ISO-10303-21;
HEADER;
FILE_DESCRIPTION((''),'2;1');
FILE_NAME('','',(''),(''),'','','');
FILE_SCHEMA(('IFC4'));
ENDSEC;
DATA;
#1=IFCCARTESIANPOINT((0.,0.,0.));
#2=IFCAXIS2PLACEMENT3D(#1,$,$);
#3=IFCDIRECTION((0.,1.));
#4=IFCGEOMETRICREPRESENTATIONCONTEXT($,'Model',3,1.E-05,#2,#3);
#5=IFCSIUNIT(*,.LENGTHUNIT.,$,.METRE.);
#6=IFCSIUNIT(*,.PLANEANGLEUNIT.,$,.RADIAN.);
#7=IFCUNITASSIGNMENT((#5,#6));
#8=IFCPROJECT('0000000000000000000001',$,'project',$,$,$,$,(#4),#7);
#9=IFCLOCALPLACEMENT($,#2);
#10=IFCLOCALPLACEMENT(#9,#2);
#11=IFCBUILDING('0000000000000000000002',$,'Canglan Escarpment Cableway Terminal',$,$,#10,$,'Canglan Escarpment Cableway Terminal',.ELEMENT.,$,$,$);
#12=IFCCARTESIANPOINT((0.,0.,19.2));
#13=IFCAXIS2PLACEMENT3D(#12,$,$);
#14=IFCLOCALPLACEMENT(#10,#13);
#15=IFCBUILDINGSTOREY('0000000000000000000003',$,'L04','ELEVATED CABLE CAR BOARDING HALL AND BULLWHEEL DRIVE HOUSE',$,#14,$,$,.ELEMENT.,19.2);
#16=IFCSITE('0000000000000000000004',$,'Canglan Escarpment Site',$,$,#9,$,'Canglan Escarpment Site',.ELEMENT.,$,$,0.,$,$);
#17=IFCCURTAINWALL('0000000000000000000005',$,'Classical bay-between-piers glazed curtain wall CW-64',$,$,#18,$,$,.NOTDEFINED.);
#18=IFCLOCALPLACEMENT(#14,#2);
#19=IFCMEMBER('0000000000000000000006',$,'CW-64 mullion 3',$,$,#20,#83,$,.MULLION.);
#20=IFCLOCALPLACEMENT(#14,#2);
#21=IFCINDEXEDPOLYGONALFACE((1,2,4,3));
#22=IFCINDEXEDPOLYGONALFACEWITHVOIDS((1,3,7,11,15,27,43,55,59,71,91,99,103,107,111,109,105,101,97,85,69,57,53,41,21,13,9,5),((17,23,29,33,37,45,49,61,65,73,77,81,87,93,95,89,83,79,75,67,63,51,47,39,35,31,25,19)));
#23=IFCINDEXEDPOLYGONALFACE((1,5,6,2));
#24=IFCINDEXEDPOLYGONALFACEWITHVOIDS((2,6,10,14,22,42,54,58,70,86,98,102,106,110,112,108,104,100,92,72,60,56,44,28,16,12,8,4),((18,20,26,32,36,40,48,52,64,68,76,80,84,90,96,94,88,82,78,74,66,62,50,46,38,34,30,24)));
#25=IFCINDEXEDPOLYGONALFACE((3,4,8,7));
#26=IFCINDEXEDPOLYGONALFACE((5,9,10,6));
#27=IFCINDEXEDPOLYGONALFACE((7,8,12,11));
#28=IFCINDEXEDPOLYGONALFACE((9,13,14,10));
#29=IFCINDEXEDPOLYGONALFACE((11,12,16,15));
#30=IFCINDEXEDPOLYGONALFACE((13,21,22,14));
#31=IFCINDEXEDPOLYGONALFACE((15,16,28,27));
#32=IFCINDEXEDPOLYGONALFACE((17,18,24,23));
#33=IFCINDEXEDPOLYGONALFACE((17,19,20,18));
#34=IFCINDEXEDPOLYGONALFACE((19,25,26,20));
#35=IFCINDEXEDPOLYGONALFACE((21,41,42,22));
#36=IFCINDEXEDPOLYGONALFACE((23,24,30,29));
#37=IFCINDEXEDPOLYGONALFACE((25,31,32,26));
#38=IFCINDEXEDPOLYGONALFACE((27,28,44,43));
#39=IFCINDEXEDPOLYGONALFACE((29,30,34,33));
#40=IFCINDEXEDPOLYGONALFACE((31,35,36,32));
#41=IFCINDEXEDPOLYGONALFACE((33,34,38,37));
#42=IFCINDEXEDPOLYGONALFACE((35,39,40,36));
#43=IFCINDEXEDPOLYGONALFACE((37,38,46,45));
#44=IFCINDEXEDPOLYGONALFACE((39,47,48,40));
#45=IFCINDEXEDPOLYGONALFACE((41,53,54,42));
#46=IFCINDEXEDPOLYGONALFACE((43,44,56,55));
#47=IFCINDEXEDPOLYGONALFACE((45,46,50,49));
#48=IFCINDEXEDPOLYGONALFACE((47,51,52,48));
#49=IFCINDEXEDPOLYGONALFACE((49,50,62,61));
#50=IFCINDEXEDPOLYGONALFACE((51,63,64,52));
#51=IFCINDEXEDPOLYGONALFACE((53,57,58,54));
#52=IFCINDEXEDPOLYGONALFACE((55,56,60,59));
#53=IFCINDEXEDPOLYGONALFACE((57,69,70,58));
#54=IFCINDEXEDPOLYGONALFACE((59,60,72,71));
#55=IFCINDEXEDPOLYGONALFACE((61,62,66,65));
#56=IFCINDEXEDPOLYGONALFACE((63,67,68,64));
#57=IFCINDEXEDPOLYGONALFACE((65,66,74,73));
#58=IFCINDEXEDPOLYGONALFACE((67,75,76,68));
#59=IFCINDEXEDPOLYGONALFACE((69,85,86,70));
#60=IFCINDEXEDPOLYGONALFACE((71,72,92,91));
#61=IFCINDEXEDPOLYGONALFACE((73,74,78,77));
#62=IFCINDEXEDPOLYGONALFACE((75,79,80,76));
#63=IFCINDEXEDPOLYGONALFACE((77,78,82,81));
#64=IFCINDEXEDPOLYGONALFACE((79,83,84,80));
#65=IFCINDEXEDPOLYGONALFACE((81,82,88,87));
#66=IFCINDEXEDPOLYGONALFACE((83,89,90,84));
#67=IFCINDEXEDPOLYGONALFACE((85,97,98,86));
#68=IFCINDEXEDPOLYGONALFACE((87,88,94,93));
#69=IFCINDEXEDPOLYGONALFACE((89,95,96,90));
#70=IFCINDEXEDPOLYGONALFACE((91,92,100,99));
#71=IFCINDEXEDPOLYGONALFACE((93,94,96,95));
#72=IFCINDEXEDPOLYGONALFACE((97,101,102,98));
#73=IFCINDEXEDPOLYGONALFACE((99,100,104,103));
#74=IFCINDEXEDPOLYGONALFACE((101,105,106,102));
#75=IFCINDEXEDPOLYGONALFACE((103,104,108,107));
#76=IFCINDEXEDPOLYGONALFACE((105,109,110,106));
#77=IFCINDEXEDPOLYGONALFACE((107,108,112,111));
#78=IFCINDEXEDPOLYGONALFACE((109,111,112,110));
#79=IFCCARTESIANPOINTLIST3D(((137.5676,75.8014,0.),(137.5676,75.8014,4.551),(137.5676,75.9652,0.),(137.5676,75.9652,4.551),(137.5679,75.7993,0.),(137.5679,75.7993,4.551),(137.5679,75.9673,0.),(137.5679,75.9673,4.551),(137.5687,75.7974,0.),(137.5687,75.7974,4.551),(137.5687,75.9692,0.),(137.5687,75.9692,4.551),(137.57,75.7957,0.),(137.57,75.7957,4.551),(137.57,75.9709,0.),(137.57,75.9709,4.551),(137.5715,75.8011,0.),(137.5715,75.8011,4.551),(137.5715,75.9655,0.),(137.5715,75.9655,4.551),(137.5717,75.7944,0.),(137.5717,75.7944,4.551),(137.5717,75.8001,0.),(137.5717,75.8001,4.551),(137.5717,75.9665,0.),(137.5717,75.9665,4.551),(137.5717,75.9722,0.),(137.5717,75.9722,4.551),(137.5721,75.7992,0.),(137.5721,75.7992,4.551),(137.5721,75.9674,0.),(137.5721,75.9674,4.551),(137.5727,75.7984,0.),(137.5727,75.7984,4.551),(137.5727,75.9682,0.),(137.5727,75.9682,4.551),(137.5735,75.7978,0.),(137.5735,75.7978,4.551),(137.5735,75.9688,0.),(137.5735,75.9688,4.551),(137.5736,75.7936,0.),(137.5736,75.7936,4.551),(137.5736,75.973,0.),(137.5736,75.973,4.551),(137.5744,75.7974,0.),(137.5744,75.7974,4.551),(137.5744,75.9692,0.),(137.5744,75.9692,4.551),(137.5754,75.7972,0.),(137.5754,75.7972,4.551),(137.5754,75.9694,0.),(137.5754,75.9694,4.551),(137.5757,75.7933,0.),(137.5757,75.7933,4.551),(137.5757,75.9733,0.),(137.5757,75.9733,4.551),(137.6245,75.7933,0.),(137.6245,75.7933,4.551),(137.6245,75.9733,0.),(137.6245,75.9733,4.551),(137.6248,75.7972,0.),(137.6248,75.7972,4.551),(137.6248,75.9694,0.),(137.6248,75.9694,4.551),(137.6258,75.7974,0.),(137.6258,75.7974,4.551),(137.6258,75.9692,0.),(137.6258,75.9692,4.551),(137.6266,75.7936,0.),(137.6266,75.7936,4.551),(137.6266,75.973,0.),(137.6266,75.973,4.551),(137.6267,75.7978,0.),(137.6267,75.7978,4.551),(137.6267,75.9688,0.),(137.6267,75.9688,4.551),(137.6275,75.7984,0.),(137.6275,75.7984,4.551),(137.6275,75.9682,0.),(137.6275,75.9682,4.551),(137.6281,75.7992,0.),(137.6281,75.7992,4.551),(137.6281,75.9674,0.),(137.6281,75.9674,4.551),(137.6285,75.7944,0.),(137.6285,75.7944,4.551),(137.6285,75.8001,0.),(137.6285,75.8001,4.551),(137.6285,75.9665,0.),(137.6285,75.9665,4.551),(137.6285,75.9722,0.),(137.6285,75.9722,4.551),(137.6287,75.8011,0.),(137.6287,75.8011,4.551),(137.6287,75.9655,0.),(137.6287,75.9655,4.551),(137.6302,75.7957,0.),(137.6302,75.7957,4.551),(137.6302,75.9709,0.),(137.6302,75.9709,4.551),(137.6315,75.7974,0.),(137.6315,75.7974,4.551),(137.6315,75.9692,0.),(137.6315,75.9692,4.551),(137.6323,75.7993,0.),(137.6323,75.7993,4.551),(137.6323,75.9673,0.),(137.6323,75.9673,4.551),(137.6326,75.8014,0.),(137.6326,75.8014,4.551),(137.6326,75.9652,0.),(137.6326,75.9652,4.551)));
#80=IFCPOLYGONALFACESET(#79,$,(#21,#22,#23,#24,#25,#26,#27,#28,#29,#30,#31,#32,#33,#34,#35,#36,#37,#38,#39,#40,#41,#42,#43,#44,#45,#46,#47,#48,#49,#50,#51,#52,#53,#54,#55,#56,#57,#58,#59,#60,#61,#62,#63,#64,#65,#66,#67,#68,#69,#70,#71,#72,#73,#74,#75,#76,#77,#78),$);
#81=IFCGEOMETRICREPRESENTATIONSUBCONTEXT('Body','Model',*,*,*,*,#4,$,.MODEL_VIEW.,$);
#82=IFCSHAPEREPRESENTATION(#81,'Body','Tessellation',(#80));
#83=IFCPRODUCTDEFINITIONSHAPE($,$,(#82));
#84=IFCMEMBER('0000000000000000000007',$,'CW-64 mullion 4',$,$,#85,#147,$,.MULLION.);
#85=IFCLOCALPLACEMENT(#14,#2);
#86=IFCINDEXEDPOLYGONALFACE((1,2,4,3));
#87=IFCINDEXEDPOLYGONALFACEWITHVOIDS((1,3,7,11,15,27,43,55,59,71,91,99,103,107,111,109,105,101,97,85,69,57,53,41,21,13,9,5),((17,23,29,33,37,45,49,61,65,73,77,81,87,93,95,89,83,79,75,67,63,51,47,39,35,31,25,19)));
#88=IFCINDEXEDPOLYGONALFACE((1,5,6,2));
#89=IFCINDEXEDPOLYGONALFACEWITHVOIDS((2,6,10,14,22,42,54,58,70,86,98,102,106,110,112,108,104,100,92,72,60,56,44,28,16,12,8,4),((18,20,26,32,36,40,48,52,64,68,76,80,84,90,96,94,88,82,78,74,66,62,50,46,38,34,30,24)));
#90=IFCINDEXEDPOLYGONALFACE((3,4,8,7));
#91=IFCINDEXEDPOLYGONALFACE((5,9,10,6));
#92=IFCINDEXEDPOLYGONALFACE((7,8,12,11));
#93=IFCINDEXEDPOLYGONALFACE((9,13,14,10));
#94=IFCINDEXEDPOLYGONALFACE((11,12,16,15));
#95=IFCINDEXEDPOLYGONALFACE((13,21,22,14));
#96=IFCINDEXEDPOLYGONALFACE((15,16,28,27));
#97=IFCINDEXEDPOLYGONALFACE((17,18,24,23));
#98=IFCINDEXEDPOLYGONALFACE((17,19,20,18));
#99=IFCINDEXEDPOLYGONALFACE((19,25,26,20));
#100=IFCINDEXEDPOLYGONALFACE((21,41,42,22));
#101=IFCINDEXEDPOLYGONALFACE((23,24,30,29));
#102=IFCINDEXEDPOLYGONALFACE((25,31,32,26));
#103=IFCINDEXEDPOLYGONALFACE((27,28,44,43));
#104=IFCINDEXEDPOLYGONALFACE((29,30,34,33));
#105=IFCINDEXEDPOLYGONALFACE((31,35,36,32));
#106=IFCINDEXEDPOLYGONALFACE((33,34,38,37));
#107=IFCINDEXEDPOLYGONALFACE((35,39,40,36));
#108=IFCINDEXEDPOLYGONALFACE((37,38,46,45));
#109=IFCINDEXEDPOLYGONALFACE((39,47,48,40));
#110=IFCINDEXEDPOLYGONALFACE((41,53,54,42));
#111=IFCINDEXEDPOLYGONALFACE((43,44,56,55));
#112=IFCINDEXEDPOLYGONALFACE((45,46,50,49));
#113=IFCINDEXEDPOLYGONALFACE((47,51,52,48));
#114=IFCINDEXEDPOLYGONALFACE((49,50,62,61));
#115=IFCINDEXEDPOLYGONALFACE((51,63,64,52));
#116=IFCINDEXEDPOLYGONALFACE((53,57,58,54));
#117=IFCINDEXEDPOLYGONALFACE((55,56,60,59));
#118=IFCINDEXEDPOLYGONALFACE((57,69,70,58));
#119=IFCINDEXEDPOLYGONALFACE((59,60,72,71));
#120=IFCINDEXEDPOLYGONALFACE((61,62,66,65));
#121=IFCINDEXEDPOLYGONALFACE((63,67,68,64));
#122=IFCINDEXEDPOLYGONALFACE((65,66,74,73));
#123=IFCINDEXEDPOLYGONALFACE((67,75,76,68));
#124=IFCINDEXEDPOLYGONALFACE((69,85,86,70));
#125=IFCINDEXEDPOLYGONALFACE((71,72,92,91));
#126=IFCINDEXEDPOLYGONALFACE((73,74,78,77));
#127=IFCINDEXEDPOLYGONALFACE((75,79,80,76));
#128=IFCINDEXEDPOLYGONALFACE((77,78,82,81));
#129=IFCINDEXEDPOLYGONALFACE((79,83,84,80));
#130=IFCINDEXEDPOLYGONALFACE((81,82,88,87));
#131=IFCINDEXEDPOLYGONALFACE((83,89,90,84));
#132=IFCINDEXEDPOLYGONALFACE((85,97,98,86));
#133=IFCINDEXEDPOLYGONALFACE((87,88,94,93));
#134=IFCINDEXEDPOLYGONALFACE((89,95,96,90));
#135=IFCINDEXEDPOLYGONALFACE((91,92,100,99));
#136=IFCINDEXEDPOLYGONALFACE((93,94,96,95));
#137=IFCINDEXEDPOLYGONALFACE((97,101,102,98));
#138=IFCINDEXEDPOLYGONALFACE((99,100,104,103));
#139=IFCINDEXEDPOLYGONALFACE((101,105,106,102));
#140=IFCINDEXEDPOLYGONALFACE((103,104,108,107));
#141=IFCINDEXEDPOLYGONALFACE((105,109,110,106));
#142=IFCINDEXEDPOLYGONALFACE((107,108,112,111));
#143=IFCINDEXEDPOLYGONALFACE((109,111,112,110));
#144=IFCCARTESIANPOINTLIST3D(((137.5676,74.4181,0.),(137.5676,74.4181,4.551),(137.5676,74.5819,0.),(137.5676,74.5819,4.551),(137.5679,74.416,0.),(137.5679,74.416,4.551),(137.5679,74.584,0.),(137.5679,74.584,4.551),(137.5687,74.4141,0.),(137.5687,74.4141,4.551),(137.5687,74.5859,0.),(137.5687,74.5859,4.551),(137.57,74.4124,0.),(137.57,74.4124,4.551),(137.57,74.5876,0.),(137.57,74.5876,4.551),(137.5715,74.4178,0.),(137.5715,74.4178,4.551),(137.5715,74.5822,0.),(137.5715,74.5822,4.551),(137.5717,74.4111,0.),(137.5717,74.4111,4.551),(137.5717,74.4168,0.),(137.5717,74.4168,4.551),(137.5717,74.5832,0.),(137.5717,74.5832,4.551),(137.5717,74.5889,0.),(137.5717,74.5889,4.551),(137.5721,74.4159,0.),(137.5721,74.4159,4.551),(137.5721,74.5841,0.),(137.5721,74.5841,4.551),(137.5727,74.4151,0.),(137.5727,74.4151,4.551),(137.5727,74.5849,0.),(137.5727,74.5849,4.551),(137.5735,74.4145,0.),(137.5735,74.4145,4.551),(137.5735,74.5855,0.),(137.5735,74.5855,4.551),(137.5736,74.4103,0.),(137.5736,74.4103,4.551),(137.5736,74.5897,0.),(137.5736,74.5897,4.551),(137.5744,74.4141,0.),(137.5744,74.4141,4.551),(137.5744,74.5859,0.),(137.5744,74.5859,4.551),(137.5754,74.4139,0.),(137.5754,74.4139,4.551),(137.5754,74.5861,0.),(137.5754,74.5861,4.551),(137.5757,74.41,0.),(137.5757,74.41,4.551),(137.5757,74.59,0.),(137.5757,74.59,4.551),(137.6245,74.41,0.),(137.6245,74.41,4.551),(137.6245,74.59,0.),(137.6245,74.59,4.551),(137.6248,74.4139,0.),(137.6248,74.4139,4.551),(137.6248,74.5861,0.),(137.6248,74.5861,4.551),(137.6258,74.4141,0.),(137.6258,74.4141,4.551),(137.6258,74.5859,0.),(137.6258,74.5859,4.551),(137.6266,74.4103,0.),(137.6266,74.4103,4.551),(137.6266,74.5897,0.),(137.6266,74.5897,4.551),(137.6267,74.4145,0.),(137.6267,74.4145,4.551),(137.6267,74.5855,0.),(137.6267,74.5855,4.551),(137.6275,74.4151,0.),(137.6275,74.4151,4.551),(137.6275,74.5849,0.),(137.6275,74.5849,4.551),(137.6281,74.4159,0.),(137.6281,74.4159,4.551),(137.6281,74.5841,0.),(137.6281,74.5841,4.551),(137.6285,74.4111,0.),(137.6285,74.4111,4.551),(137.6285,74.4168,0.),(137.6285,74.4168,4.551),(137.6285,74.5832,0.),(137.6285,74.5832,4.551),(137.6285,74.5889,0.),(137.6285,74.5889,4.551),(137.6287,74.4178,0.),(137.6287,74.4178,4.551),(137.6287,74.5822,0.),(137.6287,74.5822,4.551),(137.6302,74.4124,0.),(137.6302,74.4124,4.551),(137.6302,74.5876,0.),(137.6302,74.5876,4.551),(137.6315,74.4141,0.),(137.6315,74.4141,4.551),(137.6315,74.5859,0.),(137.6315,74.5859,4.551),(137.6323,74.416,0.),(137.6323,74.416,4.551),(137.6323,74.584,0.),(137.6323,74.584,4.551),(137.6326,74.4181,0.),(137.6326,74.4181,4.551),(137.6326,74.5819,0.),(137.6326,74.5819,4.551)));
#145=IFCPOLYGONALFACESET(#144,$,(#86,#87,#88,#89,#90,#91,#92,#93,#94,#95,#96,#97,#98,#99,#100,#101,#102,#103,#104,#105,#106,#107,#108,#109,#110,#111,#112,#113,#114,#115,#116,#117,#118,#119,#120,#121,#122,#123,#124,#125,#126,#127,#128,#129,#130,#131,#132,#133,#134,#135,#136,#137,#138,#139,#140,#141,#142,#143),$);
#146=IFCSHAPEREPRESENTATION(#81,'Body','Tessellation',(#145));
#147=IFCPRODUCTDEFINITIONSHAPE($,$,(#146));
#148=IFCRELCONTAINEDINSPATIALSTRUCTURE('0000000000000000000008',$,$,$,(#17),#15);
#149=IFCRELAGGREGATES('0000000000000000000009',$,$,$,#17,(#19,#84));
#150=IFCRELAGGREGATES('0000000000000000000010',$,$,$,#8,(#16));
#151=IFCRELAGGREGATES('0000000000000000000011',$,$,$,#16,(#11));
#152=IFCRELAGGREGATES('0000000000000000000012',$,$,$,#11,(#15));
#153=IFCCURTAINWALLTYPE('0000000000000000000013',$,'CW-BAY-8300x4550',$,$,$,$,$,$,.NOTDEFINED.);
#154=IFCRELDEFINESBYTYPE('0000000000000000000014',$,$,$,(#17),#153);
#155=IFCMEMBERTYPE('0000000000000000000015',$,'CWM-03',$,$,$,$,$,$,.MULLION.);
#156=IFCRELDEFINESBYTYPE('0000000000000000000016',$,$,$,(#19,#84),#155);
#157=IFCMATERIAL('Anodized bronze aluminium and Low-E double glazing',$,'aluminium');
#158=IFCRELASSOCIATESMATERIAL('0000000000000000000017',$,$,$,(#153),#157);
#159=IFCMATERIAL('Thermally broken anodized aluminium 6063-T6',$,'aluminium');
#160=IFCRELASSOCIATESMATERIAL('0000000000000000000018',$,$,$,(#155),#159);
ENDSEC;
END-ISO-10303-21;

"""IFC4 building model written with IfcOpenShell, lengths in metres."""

from ifc_helpers import new_model, si_unit, direction, frame, origin, origin_2d, place, context, subcontext, project, spatial, hollow_rectangle, extrude, material, material_profile, profile_set, type_object, element, aggregate, save


model = new_model("IFC4")

# Units and contexts
model_context = context("Model", 3, precision=1e-05, world=origin(), true_north=direction((0.0, 1.0)))
body_context = subcontext(model_context, "Body", "Model", "MODEL_VIEW")
ifc_project = project(units=[si_unit("LENGTHUNIT", "METRE"), si_unit("PLANEANGLEUNIT", "RADIAN")], contexts=[model_context])

# Site, building, storey
site_placement = place(None, origin())
site = spatial("IfcSite", under=ifc_project, at=site_placement, Name="Canglan Escarpment Site", LongName="Canglan Escarpment Site", CompositionType="ELEMENT", RefElevation=0.0)
building_placement = place(site_placement, origin())
building = spatial("IfcBuilding", under=site, at=building_placement, Name="Canglan Escarpment Cableway Terminal", LongName="Canglan Escarpment Cableway Terminal", CompositionType="ELEMENT")
storey_placement = place(building_placement, frame((0.0, 0.0, 19.2)))
storey = spatial("IfcBuildingStorey", under=building, at=storey_placement, Name="L04", Description="ELEVATED CABLE CAR BOARDING HALL AND BULLWHEEL DRIVE HOUSE", CompositionType="ELEMENT", Elevation=19.2)

# Curtain wall, members
ifc_material_1 = material(Name="Anodized bronze aluminium and Low-E double glazing", Category="aluminium")
curtain_wall_type = type_object("IfcCurtainWallType", Name="CW-BAY-8300x4550", PredefinedType="NOTDEFINED", material=ifc_material_1)
curtain_wall_placement = place(storey_placement, origin())
curtain_wall = element("IfcCurtainWall", 1, at=curtain_wall_placement, inside=storey, type_object=curtain_wall_type, Name="Classical bay-between-piers glazed curtain wall CW-64", PredefinedType="NOTDEFINED")
ifc_material_2 = material(Name="Thermally broken anodized aluminium 6063-T6", Category="aluminium")
ifc_material_profile_1 = material_profile(ifc_material_2, hollow_rectangle(XDim=0.0649, YDim=0.1799, WallThickness=0.0039, InnerFilletRadius=0.0039, OuterFilletRadius=0.0081, at=origin_2d()), Name="ALU-MULL 65x180x4")
ifc_profile_set_1 = profile_set([ifc_material_profile_1], Name="Thermally broken anodized aluminium 6063-T6")
member_type_1 = type_object("IfcMemberType", Name="CWM-03", PredefinedType="MULLION", material=ifc_profile_set_1)
member_1_placement = place(storey_placement, frame((137.6001, 75.8833, 0.0), z_axis=(0.0, 0.0, 1.0), x_axis=(1.0, 0.0, 0.0)))
member_1 = element("IfcMember", 2, at=member_1_placement, type_object=member_type_1, Name="CW-64 mullion 3", PredefinedType="MULLION", context=body_context, shape_type="SweptSolid", body=[
    extrude(hollow_rectangle(XDim=0.0649, YDim=0.1799, WallThickness=0.0039, InnerFilletRadius=0.0039, OuterFilletRadius=0.0081, at=origin_2d()), origin(), (0.0, 0.0, 1.0), 4.551),
])
member_2_placement = place(storey_placement, frame((137.6001, 74.5, 0.0), z_axis=(0.0, 0.0, 1.0), x_axis=(1.0, 0.0, 0.0)))
member_2 = element("IfcMember", 3, at=member_2_placement, type_object=member_type_1, Name="CW-64 mullion 4", PredefinedType="MULLION", context=body_context, shape_type="SweptSolid", body=[
    extrude(hollow_rectangle(XDim=0.0649, YDim=0.1799, WallThickness=0.0039, InnerFilletRadius=0.0039, OuterFilletRadius=0.0081, at=origin_2d()), origin(), (0.0, 0.0, 1.0), 4.551),
])
aggregate(curtain_wall, [member_1, member_2])

save(model, "model.ifc")
